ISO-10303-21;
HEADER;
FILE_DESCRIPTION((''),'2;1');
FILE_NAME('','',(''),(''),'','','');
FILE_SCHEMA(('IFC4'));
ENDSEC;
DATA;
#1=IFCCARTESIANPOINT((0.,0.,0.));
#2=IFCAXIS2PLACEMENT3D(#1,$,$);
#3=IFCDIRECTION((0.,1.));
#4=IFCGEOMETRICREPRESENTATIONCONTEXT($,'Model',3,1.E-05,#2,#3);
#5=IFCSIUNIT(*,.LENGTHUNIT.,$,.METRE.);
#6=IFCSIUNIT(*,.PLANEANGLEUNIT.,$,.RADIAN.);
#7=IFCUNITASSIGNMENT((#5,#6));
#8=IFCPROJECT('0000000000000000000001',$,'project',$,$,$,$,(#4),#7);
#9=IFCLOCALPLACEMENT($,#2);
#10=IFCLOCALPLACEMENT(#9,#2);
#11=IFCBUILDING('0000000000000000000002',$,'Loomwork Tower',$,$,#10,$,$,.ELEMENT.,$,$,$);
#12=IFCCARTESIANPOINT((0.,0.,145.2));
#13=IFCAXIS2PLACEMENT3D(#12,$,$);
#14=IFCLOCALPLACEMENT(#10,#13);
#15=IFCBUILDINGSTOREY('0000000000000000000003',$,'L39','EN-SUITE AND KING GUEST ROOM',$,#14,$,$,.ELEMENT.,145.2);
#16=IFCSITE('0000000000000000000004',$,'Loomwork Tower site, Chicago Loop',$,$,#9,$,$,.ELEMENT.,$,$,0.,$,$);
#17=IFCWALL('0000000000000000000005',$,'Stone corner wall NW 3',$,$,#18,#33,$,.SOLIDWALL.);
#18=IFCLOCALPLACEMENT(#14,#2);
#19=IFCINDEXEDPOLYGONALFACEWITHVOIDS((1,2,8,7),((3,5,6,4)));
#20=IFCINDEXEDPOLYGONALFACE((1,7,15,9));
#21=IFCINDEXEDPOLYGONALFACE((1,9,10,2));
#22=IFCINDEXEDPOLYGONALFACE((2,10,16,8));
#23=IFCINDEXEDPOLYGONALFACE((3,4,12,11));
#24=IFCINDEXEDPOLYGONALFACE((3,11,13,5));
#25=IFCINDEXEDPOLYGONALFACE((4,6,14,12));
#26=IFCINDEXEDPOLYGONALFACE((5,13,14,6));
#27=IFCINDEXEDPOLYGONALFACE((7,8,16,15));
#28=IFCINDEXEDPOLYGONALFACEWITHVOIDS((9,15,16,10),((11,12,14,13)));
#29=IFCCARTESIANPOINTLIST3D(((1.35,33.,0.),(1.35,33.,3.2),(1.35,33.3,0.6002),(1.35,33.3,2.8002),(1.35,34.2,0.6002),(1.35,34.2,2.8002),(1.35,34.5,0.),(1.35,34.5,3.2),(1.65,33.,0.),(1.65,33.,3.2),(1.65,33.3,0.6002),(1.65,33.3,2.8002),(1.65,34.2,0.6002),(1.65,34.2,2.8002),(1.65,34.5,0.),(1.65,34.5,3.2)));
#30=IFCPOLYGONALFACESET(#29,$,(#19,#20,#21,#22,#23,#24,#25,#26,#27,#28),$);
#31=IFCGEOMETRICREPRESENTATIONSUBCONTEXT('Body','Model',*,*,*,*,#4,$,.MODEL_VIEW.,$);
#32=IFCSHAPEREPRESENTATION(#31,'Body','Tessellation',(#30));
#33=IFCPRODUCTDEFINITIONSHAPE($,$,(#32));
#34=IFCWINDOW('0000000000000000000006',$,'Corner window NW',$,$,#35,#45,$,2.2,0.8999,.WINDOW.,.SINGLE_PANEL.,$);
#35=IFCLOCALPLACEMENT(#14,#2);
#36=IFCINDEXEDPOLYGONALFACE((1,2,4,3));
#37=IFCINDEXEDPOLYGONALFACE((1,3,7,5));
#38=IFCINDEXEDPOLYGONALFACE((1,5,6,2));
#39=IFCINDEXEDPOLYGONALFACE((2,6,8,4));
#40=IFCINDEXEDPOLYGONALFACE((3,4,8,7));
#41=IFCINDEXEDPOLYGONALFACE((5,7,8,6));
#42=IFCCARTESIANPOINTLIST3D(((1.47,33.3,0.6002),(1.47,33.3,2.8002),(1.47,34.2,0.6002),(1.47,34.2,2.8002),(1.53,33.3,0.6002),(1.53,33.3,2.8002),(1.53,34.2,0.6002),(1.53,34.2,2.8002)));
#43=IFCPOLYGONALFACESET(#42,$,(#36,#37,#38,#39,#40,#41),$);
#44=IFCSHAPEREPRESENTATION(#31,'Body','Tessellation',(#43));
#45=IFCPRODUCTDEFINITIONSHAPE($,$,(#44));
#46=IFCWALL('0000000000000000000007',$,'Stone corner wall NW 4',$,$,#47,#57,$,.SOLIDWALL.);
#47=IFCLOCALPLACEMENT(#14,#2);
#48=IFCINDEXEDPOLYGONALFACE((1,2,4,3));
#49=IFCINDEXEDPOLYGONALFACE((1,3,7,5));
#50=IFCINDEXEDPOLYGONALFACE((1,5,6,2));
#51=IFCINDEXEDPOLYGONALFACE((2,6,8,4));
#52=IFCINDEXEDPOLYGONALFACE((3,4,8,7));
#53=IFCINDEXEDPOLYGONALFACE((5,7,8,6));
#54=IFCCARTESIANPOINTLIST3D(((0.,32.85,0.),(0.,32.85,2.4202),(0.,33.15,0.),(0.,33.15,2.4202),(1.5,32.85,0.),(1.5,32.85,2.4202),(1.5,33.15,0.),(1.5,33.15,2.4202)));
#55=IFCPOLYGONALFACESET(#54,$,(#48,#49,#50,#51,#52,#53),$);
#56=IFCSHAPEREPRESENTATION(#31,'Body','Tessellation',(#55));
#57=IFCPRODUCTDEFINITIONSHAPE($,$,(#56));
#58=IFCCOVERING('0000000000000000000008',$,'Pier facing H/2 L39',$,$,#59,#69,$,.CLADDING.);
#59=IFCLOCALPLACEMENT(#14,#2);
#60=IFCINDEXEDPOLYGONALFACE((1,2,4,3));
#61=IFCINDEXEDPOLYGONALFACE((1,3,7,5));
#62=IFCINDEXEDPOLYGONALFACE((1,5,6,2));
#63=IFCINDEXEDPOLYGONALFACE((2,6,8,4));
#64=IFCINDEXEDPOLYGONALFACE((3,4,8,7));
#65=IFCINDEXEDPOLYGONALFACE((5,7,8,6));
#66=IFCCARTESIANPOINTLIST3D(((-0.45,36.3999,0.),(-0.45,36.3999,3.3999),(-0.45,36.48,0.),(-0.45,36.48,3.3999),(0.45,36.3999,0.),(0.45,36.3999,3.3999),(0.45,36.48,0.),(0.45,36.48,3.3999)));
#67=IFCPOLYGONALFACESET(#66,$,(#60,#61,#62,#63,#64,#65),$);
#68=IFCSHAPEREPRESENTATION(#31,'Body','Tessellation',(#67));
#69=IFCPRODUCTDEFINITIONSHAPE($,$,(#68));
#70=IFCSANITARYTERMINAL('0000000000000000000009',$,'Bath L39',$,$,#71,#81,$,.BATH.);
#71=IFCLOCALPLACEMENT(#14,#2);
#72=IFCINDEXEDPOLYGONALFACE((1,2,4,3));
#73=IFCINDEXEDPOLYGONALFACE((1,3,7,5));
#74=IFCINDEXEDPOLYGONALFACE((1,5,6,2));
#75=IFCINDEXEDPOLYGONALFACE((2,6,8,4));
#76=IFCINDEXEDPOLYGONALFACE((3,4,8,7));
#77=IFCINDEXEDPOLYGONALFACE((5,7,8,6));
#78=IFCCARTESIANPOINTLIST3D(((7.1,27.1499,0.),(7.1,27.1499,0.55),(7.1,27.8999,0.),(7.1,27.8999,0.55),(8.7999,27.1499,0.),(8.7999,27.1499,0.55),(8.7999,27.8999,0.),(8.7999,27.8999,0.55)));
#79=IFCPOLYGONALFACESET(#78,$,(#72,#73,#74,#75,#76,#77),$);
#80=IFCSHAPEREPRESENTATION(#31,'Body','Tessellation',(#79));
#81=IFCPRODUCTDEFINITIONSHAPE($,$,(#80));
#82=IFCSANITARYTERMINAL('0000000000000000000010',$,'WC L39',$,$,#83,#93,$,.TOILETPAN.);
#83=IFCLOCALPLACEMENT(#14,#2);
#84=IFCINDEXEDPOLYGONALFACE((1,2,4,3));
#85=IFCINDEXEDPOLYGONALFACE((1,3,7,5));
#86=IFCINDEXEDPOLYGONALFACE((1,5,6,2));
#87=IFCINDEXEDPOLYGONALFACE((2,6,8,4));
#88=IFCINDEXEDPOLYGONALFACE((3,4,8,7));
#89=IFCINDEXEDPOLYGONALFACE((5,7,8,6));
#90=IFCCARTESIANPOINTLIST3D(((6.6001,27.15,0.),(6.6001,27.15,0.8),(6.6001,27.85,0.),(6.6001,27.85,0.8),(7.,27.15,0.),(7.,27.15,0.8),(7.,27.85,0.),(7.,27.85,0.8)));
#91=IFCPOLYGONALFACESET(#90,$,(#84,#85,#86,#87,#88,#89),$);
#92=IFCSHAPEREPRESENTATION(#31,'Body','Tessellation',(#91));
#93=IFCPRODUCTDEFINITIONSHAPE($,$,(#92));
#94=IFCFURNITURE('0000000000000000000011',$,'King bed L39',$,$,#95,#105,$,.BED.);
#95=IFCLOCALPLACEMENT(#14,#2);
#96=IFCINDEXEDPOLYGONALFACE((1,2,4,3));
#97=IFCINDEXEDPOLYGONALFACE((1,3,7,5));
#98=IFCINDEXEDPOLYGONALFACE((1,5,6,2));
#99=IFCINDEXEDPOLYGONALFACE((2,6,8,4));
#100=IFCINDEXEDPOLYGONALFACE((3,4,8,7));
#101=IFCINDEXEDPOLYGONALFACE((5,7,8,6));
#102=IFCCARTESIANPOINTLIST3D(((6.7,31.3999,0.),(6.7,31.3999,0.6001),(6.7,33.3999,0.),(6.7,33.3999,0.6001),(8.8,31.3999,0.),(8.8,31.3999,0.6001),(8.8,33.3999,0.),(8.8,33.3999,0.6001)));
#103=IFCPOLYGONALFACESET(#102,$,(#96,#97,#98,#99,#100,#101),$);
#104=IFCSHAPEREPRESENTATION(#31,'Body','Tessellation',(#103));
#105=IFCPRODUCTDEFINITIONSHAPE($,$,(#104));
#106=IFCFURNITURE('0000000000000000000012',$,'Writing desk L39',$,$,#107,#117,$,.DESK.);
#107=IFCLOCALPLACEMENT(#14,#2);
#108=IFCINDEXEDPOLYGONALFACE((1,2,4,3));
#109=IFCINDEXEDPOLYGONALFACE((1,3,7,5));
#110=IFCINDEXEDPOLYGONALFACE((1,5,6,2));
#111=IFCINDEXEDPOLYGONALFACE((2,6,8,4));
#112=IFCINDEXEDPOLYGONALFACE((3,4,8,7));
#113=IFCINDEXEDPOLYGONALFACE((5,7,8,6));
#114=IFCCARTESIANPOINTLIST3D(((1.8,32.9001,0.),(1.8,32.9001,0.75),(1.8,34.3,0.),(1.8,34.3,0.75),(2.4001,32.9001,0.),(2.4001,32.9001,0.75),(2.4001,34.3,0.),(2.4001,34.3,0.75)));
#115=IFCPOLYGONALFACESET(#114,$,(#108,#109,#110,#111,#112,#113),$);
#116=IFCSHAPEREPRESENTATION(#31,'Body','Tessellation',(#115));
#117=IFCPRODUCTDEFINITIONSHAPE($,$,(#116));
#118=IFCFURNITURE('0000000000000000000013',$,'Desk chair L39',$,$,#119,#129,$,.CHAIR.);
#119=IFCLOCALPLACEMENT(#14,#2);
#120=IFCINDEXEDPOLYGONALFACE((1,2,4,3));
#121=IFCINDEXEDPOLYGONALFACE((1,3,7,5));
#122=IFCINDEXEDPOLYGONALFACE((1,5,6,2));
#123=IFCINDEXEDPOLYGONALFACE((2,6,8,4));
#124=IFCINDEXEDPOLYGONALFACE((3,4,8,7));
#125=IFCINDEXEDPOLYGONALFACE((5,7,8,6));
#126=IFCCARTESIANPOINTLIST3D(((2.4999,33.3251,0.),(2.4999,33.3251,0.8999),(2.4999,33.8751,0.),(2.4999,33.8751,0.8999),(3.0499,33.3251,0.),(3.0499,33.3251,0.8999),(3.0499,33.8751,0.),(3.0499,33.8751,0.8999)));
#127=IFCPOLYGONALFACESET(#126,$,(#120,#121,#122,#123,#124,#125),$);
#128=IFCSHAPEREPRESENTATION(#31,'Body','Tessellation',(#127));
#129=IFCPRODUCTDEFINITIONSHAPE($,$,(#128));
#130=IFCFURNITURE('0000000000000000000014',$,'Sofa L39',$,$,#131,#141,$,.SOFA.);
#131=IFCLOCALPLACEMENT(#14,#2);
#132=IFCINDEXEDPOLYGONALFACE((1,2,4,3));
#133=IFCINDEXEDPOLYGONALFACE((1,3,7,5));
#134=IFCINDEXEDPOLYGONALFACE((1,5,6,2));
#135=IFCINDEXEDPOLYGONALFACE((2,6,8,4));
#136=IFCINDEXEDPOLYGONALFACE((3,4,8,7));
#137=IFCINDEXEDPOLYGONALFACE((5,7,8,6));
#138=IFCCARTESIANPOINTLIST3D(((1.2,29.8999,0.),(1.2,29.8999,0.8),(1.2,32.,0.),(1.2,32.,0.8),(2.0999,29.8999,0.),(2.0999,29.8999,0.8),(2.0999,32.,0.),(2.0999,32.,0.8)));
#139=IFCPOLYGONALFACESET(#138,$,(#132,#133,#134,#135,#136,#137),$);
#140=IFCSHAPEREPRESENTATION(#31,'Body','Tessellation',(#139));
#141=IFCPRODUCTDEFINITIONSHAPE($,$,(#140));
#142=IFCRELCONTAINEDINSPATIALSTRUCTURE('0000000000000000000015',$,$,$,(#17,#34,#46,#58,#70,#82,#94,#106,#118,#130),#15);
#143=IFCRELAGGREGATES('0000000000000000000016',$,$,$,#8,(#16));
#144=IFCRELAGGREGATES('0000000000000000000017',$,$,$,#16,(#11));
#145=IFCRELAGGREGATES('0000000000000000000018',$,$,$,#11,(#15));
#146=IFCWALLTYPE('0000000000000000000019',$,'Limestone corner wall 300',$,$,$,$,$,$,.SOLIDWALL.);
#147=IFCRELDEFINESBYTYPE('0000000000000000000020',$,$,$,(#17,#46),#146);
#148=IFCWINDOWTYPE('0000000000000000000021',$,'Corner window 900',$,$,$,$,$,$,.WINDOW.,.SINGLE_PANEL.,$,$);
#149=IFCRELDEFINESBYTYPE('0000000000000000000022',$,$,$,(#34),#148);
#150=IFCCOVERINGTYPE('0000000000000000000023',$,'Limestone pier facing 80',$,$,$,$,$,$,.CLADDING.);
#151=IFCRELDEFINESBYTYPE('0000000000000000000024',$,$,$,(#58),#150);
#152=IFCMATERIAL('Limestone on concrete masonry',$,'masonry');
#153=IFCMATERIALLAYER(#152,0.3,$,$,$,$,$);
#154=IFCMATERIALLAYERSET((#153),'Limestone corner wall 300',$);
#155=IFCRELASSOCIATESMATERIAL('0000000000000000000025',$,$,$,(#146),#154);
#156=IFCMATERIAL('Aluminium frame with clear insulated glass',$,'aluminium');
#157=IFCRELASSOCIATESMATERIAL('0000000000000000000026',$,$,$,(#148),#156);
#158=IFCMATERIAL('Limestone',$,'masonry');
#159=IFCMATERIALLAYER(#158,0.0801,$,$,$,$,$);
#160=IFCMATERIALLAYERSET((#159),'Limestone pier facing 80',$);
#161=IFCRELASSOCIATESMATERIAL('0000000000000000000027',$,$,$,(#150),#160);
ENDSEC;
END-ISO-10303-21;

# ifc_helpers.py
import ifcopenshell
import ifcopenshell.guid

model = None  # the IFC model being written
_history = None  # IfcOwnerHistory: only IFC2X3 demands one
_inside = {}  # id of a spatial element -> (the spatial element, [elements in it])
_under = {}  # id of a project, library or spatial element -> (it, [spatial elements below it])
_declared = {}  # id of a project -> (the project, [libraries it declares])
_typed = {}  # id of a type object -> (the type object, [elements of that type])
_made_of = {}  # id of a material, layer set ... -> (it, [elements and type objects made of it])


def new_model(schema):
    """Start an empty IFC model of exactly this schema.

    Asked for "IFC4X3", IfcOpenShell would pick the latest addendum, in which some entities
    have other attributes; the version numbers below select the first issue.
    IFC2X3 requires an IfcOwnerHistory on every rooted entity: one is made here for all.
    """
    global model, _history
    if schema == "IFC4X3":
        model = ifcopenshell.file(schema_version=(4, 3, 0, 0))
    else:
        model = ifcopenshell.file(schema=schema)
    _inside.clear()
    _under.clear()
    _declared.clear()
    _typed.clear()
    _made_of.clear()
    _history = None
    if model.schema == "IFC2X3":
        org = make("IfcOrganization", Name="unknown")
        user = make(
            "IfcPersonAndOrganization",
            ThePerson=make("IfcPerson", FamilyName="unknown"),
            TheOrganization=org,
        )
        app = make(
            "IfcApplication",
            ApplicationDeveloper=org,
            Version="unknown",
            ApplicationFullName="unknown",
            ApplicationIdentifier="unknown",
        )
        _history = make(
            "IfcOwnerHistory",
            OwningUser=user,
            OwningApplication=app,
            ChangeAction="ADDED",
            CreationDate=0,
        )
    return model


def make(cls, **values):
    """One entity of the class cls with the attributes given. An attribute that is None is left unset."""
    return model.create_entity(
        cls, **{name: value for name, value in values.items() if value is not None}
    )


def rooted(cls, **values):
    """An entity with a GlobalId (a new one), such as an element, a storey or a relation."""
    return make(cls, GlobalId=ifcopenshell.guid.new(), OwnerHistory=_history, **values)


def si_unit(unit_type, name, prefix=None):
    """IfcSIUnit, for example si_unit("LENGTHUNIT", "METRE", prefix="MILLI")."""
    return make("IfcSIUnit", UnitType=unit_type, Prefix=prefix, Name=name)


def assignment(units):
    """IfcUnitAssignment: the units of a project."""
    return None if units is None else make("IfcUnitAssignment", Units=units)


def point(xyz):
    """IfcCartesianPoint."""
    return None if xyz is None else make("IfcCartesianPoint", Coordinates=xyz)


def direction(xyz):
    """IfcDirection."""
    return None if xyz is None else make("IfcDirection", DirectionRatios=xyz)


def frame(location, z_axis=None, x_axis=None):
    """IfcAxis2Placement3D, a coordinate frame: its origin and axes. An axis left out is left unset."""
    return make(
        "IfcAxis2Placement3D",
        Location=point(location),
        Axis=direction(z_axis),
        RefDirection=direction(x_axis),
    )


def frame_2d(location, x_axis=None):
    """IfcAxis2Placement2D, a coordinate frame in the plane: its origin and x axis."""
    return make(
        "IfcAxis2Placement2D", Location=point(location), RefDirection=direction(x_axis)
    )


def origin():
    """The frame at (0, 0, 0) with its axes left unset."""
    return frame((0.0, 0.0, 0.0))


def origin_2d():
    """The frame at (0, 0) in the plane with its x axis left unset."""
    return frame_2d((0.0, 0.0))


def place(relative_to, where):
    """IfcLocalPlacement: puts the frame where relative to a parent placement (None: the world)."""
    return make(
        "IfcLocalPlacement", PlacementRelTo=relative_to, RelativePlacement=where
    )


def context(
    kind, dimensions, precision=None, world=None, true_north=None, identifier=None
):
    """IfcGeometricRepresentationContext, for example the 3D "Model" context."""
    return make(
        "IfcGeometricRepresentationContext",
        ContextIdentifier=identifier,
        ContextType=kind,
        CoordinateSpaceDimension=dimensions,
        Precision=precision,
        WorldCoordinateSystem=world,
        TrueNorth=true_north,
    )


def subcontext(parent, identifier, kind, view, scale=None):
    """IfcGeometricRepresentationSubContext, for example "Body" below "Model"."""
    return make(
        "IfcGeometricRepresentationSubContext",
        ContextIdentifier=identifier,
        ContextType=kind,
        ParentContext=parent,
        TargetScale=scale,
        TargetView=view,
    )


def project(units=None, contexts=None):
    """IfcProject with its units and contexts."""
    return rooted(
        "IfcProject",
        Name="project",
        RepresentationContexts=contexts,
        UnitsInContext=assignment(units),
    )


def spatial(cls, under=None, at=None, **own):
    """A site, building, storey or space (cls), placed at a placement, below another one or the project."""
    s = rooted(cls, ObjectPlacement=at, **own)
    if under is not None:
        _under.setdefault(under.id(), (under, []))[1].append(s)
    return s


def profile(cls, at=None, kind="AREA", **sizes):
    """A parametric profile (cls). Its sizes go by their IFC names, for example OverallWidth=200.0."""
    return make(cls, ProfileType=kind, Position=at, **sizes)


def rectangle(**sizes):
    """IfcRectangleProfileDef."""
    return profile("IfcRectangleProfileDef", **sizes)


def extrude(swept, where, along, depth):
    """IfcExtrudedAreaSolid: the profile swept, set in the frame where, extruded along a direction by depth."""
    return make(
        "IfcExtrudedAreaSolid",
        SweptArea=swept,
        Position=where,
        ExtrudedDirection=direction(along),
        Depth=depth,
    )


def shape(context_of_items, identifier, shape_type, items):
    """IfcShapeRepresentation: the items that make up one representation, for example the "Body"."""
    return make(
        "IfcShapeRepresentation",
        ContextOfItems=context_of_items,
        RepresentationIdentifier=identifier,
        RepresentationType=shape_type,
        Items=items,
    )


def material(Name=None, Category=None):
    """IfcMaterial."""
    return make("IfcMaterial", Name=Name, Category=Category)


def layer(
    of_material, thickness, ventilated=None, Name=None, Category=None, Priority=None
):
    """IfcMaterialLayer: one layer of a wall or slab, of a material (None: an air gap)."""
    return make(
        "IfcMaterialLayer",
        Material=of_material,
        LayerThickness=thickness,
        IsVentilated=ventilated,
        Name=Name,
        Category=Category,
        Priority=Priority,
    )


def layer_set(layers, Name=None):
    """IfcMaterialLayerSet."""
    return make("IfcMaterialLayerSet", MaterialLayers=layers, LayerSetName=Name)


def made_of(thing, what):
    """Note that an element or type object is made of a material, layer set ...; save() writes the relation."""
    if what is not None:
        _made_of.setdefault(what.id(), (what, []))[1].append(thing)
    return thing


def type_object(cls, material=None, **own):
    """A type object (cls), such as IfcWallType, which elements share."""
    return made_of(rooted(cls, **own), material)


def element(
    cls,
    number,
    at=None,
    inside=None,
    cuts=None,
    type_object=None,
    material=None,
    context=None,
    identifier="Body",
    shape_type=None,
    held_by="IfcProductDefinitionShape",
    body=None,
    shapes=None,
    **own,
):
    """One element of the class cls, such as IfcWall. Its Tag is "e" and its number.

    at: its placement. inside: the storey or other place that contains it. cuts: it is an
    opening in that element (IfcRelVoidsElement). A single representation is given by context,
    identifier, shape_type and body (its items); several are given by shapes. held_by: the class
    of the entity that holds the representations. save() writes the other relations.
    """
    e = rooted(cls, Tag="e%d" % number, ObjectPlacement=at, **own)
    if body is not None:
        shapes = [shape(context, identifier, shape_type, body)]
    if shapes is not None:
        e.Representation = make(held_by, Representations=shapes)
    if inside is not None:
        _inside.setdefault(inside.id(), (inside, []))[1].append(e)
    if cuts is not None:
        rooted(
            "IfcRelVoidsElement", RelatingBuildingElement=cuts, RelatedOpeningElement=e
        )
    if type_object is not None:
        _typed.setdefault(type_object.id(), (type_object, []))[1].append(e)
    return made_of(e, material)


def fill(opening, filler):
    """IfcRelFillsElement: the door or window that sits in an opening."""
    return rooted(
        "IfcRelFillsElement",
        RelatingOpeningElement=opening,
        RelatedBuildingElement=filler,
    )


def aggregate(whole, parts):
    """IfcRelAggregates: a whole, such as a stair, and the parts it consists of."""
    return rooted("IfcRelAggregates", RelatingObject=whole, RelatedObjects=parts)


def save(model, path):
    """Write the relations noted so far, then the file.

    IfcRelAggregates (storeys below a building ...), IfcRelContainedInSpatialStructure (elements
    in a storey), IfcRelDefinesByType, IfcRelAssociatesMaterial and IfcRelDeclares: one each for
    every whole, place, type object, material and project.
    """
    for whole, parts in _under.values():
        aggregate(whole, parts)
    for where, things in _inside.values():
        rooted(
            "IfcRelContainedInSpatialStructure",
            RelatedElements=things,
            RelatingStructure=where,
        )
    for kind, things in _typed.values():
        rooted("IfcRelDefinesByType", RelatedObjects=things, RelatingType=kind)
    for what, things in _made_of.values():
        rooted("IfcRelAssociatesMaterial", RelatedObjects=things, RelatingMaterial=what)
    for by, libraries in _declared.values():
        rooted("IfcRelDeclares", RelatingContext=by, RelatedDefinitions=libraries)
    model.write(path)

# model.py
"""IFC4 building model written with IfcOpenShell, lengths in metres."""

from ifc_helpers import new_model, si_unit, direction, frame, frame_2d, origin, origin_2d, place, context, subcontext, project, spatial, rectangle, extrude, material, layer, layer_set, type_object, element, fill, save


model = new_model("IFC4")

# Units and contexts
model_context = context("Model", 3, precision=1e-05, world=origin(), true_north=direction((0.0, 1.0)))
body_context = subcontext(model_context, "Body", "Model", "MODEL_VIEW")
ifc_project = project(units=[si_unit("LENGTHUNIT", "METRE"), si_unit("PLANEANGLEUNIT", "RADIAN")], contexts=[model_context])

# Site, building, storey
site_placement = place(None, origin())
site = spatial("IfcSite", under=ifc_project, at=site_placement, Name="Loomwork Tower site, Chicago Loop", CompositionType="ELEMENT", RefElevation=0.0)
building_placement = place(site_placement, origin())
building = spatial("IfcBuilding", under=site, at=building_placement, Name="Loomwork Tower", CompositionType="ELEMENT")
storey_placement = place(building_placement, frame((0.0, 0.0, 145.2)))
storey = spatial("IfcBuildingStorey", under=building, at=storey_placement, Name="L39", Description="EN-SUITE AND KING GUEST ROOM", CompositionType="ELEMENT", Elevation=145.2)

# Shared definitions
ifc_material_1 = material(Name="Limestone on concrete masonry", Category="masonry")
ifc_layer_1 = layer(ifc_material_1, 0.3)
ifc_layer_set_1 = layer_set([ifc_layer_1], Name="Limestone corner wall 300")
wall_type_1 = type_object("IfcWallType", Name="Limestone corner wall 300", PredefinedType="SOLIDWALL", material=ifc_layer_set_1)

# Wall, opening, window
ifc_material_2 = material(Name="Aluminium frame with clear insulated glass", Category="aluminium")
window_type_1 = type_object("IfcWindowType", Name="Corner window 900", PartitioningType="SINGLE_PANEL", PredefinedType="WINDOW", material=ifc_material_2)
wall_1_placement = place(storey_placement, frame((1.5, 34.5, 0.0), z_axis=(0.0, 0.0, 1.0), x_axis=(0.0, -1.0, 0.0)))
wall_1 = element("IfcWall", 1, at=wall_1_placement, inside=storey, type_object=wall_type_1, Name="Stone corner wall NW 3", PredefinedType="SOLIDWALL", context=body_context, shape_type="SweptSolid", body=[
    extrude(rectangle(XDim=1.5, YDim=0.3, at=frame_2d((0.75, 0.0))), origin(), (0.0, 0.0, 1.0), 3.2),
])
opening_1_placement = place(wall_1_placement, frame((0.3, 0.0, 0.6001)))
opening_1 = element("IfcOpeningElement", 2, at=opening_1_placement, cuts=wall_1, PredefinedType="OPENING", context=body_context, shape_type="SweptSolid", body=[
    extrude(rectangle(XDim=0.8999, YDim=2.2, at=frame_2d((0.45, 1.1001))), frame((0.0, 0.1599, 0.0), z_axis=(0.0, -1.0, 0.0), x_axis=(1.0, 0.0, 0.0)), (0.0, 0.0, 1.0), 0.3201),
])
window_1_placement = place(opening_1_placement, origin())
window_1 = element("IfcWindow", 3, at=window_1_placement, inside=storey, type_object=window_type_1, Name="Corner window NW", OverallHeight=2.2, OverallWidth=0.8999, PartitioningType="SINGLE_PANEL", PredefinedType="WINDOW", context=body_context, shape_type="SweptSolid", body=[
    extrude(rectangle(XDim=0.8999, YDim=2.2, at=frame_2d((0.45, 1.1001))), frame((0.0, 0.03, 0.0), z_axis=(0.0, -1.0, 0.0), x_axis=(1.0, 0.0, 0.0)), (0.0, 0.0, 1.0), 0.0601),
])
fill(opening_1, window_1)

# Wall
wall_2_placement = place(storey_placement, frame((1.5, 33.0, 0.0), z_axis=(0.0, 0.0, 1.0), x_axis=(-1.0, 0.0, 0.0)))
element("IfcWall", 4, at=wall_2_placement, inside=storey, type_object=wall_type_1, Name="Stone corner wall NW 4", PredefinedType="SOLIDWALL", context=body_context, shape_type="SweptSolid", body=[
    extrude(rectangle(XDim=1.5, YDim=0.3, at=frame_2d((0.75, 0.0))), origin(), (0.0, 0.0, 1.0), 2.4202),
])

# Covering
ifc_material_3 = material(Name="Limestone", Category="masonry")
ifc_layer_2 = layer(ifc_material_3, 0.0801)
ifc_layer_set_2 = layer_set([ifc_layer_2], Name="Limestone pier facing 80")
covering_type = type_object("IfcCoveringType", Name="Limestone pier facing 80", PredefinedType="CLADDING", material=ifc_layer_set_2)
covering_placement = place(storey_placement, frame((0.0, 36.4399, 0.0), z_axis=(0.0, 0.0, 1.0), x_axis=(1.0, 0.0, 0.0)))
element("IfcCovering", 5, at=covering_placement, inside=storey, type_object=covering_type, Name="Pier facing H/2 L39", PredefinedType="CLADDING", context=body_context, shape_type="SweptSolid", body=[
    extrude(rectangle(XDim=0.8999, YDim=0.0801, at=origin_2d()), origin(), (0.0, 0.0, 1.0), 3.3999),
])

# Sanitary terminals
sanitary_terminal_1_placement = place(storey_placement, frame((7.95, 27.5249, 0.0), z_axis=(0.0, 0.0, 1.0), x_axis=(1.0, 0.0, 0.0)))
element("IfcSanitaryTerminal", 6, at=sanitary_terminal_1_placement, inside=storey, Name="Bath L39", PredefinedType="BATH", context=body_context, shape_type="SweptSolid", body=[
    extrude(rectangle(XDim=1.7, YDim=0.75, at=origin_2d()), origin(), (0.0, 0.0, 1.0), 0.55),
])
sanitary_terminal_2_placement = place(storey_placement, frame((6.8, 27.5, 0.0), z_axis=(0.0, 0.0, 1.0), x_axis=(1.0, 0.0, 0.0)))
element("IfcSanitaryTerminal", 7, at=sanitary_terminal_2_placement, inside=storey, Name="WC L39", PredefinedType="TOILETPAN", context=body_context, shape_type="SweptSolid", body=[
    extrude(rectangle(XDim=0.3999, YDim=0.7, at=origin_2d()), origin(), (0.0, 0.0, 1.0), 0.8),
])

# Furniture
furniture_1_placement = place(storey_placement, frame((7.75, 32.3999, 0.0), z_axis=(0.0, 0.0, 1.0), x_axis=(1.0, 0.0, 0.0)))
element("IfcFurniture", 8, at=furniture_1_placement, inside=storey, Name="King bed L39", PredefinedType="BED", context=body_context, shape_type="SweptSolid", body=[
    extrude(rectangle(XDim=2.1001, YDim=2.0, at=origin_2d()), origin(), (0.0, 0.0, 1.0), 0.6001),
])
furniture_2_placement = place(storey_placement, frame((2.1001, 33.6001, 0.0), z_axis=(0.0, 0.0, 1.0), x_axis=(1.0, 0.0, 0.0)))
element("IfcFurniture", 9, at=furniture_2_placement, inside=storey, Name="Writing desk L39", PredefinedType="DESK", context=body_context, shape_type="SweptSolid", body=[
    extrude(rectangle(XDim=0.6001, YDim=1.3999, at=origin_2d()), origin(), (0.0, 0.0, 1.0), 0.75),
])
furniture_3_placement = place(storey_placement, frame((2.7749, 33.6001, 0.0), z_axis=(0.0, 0.0, 1.0), x_axis=(1.0, 0.0, 0.0)))
element("IfcFurniture", 10, at=furniture_3_placement, inside=storey, Name="Desk chair L39", PredefinedType="CHAIR", context=body_context, shape_type="SweptSolid", body=[
    extrude(rectangle(XDim=0.55, YDim=0.55, at=origin_2d()), origin(), (0.0, 0.0, 1.0), 0.8999),
])
furniture_4_placement = place(storey_placement, frame((1.6499, 30.95, 0.0), z_axis=(0.0, 0.0, 1.0), x_axis=(1.0, 0.0, 0.0)))
element("IfcFurniture", 11, at=furniture_4_placement, inside=storey, Name="Sofa L39", PredefinedType="SOFA", context=body_context, shape_type="SweptSolid", body=[
    extrude(rectangle(XDim=0.8999, YDim=2.1001, at=origin_2d()), origin(), (0.0, 0.0, 1.0), 0.8),
])

save(model, "model.ifc")
